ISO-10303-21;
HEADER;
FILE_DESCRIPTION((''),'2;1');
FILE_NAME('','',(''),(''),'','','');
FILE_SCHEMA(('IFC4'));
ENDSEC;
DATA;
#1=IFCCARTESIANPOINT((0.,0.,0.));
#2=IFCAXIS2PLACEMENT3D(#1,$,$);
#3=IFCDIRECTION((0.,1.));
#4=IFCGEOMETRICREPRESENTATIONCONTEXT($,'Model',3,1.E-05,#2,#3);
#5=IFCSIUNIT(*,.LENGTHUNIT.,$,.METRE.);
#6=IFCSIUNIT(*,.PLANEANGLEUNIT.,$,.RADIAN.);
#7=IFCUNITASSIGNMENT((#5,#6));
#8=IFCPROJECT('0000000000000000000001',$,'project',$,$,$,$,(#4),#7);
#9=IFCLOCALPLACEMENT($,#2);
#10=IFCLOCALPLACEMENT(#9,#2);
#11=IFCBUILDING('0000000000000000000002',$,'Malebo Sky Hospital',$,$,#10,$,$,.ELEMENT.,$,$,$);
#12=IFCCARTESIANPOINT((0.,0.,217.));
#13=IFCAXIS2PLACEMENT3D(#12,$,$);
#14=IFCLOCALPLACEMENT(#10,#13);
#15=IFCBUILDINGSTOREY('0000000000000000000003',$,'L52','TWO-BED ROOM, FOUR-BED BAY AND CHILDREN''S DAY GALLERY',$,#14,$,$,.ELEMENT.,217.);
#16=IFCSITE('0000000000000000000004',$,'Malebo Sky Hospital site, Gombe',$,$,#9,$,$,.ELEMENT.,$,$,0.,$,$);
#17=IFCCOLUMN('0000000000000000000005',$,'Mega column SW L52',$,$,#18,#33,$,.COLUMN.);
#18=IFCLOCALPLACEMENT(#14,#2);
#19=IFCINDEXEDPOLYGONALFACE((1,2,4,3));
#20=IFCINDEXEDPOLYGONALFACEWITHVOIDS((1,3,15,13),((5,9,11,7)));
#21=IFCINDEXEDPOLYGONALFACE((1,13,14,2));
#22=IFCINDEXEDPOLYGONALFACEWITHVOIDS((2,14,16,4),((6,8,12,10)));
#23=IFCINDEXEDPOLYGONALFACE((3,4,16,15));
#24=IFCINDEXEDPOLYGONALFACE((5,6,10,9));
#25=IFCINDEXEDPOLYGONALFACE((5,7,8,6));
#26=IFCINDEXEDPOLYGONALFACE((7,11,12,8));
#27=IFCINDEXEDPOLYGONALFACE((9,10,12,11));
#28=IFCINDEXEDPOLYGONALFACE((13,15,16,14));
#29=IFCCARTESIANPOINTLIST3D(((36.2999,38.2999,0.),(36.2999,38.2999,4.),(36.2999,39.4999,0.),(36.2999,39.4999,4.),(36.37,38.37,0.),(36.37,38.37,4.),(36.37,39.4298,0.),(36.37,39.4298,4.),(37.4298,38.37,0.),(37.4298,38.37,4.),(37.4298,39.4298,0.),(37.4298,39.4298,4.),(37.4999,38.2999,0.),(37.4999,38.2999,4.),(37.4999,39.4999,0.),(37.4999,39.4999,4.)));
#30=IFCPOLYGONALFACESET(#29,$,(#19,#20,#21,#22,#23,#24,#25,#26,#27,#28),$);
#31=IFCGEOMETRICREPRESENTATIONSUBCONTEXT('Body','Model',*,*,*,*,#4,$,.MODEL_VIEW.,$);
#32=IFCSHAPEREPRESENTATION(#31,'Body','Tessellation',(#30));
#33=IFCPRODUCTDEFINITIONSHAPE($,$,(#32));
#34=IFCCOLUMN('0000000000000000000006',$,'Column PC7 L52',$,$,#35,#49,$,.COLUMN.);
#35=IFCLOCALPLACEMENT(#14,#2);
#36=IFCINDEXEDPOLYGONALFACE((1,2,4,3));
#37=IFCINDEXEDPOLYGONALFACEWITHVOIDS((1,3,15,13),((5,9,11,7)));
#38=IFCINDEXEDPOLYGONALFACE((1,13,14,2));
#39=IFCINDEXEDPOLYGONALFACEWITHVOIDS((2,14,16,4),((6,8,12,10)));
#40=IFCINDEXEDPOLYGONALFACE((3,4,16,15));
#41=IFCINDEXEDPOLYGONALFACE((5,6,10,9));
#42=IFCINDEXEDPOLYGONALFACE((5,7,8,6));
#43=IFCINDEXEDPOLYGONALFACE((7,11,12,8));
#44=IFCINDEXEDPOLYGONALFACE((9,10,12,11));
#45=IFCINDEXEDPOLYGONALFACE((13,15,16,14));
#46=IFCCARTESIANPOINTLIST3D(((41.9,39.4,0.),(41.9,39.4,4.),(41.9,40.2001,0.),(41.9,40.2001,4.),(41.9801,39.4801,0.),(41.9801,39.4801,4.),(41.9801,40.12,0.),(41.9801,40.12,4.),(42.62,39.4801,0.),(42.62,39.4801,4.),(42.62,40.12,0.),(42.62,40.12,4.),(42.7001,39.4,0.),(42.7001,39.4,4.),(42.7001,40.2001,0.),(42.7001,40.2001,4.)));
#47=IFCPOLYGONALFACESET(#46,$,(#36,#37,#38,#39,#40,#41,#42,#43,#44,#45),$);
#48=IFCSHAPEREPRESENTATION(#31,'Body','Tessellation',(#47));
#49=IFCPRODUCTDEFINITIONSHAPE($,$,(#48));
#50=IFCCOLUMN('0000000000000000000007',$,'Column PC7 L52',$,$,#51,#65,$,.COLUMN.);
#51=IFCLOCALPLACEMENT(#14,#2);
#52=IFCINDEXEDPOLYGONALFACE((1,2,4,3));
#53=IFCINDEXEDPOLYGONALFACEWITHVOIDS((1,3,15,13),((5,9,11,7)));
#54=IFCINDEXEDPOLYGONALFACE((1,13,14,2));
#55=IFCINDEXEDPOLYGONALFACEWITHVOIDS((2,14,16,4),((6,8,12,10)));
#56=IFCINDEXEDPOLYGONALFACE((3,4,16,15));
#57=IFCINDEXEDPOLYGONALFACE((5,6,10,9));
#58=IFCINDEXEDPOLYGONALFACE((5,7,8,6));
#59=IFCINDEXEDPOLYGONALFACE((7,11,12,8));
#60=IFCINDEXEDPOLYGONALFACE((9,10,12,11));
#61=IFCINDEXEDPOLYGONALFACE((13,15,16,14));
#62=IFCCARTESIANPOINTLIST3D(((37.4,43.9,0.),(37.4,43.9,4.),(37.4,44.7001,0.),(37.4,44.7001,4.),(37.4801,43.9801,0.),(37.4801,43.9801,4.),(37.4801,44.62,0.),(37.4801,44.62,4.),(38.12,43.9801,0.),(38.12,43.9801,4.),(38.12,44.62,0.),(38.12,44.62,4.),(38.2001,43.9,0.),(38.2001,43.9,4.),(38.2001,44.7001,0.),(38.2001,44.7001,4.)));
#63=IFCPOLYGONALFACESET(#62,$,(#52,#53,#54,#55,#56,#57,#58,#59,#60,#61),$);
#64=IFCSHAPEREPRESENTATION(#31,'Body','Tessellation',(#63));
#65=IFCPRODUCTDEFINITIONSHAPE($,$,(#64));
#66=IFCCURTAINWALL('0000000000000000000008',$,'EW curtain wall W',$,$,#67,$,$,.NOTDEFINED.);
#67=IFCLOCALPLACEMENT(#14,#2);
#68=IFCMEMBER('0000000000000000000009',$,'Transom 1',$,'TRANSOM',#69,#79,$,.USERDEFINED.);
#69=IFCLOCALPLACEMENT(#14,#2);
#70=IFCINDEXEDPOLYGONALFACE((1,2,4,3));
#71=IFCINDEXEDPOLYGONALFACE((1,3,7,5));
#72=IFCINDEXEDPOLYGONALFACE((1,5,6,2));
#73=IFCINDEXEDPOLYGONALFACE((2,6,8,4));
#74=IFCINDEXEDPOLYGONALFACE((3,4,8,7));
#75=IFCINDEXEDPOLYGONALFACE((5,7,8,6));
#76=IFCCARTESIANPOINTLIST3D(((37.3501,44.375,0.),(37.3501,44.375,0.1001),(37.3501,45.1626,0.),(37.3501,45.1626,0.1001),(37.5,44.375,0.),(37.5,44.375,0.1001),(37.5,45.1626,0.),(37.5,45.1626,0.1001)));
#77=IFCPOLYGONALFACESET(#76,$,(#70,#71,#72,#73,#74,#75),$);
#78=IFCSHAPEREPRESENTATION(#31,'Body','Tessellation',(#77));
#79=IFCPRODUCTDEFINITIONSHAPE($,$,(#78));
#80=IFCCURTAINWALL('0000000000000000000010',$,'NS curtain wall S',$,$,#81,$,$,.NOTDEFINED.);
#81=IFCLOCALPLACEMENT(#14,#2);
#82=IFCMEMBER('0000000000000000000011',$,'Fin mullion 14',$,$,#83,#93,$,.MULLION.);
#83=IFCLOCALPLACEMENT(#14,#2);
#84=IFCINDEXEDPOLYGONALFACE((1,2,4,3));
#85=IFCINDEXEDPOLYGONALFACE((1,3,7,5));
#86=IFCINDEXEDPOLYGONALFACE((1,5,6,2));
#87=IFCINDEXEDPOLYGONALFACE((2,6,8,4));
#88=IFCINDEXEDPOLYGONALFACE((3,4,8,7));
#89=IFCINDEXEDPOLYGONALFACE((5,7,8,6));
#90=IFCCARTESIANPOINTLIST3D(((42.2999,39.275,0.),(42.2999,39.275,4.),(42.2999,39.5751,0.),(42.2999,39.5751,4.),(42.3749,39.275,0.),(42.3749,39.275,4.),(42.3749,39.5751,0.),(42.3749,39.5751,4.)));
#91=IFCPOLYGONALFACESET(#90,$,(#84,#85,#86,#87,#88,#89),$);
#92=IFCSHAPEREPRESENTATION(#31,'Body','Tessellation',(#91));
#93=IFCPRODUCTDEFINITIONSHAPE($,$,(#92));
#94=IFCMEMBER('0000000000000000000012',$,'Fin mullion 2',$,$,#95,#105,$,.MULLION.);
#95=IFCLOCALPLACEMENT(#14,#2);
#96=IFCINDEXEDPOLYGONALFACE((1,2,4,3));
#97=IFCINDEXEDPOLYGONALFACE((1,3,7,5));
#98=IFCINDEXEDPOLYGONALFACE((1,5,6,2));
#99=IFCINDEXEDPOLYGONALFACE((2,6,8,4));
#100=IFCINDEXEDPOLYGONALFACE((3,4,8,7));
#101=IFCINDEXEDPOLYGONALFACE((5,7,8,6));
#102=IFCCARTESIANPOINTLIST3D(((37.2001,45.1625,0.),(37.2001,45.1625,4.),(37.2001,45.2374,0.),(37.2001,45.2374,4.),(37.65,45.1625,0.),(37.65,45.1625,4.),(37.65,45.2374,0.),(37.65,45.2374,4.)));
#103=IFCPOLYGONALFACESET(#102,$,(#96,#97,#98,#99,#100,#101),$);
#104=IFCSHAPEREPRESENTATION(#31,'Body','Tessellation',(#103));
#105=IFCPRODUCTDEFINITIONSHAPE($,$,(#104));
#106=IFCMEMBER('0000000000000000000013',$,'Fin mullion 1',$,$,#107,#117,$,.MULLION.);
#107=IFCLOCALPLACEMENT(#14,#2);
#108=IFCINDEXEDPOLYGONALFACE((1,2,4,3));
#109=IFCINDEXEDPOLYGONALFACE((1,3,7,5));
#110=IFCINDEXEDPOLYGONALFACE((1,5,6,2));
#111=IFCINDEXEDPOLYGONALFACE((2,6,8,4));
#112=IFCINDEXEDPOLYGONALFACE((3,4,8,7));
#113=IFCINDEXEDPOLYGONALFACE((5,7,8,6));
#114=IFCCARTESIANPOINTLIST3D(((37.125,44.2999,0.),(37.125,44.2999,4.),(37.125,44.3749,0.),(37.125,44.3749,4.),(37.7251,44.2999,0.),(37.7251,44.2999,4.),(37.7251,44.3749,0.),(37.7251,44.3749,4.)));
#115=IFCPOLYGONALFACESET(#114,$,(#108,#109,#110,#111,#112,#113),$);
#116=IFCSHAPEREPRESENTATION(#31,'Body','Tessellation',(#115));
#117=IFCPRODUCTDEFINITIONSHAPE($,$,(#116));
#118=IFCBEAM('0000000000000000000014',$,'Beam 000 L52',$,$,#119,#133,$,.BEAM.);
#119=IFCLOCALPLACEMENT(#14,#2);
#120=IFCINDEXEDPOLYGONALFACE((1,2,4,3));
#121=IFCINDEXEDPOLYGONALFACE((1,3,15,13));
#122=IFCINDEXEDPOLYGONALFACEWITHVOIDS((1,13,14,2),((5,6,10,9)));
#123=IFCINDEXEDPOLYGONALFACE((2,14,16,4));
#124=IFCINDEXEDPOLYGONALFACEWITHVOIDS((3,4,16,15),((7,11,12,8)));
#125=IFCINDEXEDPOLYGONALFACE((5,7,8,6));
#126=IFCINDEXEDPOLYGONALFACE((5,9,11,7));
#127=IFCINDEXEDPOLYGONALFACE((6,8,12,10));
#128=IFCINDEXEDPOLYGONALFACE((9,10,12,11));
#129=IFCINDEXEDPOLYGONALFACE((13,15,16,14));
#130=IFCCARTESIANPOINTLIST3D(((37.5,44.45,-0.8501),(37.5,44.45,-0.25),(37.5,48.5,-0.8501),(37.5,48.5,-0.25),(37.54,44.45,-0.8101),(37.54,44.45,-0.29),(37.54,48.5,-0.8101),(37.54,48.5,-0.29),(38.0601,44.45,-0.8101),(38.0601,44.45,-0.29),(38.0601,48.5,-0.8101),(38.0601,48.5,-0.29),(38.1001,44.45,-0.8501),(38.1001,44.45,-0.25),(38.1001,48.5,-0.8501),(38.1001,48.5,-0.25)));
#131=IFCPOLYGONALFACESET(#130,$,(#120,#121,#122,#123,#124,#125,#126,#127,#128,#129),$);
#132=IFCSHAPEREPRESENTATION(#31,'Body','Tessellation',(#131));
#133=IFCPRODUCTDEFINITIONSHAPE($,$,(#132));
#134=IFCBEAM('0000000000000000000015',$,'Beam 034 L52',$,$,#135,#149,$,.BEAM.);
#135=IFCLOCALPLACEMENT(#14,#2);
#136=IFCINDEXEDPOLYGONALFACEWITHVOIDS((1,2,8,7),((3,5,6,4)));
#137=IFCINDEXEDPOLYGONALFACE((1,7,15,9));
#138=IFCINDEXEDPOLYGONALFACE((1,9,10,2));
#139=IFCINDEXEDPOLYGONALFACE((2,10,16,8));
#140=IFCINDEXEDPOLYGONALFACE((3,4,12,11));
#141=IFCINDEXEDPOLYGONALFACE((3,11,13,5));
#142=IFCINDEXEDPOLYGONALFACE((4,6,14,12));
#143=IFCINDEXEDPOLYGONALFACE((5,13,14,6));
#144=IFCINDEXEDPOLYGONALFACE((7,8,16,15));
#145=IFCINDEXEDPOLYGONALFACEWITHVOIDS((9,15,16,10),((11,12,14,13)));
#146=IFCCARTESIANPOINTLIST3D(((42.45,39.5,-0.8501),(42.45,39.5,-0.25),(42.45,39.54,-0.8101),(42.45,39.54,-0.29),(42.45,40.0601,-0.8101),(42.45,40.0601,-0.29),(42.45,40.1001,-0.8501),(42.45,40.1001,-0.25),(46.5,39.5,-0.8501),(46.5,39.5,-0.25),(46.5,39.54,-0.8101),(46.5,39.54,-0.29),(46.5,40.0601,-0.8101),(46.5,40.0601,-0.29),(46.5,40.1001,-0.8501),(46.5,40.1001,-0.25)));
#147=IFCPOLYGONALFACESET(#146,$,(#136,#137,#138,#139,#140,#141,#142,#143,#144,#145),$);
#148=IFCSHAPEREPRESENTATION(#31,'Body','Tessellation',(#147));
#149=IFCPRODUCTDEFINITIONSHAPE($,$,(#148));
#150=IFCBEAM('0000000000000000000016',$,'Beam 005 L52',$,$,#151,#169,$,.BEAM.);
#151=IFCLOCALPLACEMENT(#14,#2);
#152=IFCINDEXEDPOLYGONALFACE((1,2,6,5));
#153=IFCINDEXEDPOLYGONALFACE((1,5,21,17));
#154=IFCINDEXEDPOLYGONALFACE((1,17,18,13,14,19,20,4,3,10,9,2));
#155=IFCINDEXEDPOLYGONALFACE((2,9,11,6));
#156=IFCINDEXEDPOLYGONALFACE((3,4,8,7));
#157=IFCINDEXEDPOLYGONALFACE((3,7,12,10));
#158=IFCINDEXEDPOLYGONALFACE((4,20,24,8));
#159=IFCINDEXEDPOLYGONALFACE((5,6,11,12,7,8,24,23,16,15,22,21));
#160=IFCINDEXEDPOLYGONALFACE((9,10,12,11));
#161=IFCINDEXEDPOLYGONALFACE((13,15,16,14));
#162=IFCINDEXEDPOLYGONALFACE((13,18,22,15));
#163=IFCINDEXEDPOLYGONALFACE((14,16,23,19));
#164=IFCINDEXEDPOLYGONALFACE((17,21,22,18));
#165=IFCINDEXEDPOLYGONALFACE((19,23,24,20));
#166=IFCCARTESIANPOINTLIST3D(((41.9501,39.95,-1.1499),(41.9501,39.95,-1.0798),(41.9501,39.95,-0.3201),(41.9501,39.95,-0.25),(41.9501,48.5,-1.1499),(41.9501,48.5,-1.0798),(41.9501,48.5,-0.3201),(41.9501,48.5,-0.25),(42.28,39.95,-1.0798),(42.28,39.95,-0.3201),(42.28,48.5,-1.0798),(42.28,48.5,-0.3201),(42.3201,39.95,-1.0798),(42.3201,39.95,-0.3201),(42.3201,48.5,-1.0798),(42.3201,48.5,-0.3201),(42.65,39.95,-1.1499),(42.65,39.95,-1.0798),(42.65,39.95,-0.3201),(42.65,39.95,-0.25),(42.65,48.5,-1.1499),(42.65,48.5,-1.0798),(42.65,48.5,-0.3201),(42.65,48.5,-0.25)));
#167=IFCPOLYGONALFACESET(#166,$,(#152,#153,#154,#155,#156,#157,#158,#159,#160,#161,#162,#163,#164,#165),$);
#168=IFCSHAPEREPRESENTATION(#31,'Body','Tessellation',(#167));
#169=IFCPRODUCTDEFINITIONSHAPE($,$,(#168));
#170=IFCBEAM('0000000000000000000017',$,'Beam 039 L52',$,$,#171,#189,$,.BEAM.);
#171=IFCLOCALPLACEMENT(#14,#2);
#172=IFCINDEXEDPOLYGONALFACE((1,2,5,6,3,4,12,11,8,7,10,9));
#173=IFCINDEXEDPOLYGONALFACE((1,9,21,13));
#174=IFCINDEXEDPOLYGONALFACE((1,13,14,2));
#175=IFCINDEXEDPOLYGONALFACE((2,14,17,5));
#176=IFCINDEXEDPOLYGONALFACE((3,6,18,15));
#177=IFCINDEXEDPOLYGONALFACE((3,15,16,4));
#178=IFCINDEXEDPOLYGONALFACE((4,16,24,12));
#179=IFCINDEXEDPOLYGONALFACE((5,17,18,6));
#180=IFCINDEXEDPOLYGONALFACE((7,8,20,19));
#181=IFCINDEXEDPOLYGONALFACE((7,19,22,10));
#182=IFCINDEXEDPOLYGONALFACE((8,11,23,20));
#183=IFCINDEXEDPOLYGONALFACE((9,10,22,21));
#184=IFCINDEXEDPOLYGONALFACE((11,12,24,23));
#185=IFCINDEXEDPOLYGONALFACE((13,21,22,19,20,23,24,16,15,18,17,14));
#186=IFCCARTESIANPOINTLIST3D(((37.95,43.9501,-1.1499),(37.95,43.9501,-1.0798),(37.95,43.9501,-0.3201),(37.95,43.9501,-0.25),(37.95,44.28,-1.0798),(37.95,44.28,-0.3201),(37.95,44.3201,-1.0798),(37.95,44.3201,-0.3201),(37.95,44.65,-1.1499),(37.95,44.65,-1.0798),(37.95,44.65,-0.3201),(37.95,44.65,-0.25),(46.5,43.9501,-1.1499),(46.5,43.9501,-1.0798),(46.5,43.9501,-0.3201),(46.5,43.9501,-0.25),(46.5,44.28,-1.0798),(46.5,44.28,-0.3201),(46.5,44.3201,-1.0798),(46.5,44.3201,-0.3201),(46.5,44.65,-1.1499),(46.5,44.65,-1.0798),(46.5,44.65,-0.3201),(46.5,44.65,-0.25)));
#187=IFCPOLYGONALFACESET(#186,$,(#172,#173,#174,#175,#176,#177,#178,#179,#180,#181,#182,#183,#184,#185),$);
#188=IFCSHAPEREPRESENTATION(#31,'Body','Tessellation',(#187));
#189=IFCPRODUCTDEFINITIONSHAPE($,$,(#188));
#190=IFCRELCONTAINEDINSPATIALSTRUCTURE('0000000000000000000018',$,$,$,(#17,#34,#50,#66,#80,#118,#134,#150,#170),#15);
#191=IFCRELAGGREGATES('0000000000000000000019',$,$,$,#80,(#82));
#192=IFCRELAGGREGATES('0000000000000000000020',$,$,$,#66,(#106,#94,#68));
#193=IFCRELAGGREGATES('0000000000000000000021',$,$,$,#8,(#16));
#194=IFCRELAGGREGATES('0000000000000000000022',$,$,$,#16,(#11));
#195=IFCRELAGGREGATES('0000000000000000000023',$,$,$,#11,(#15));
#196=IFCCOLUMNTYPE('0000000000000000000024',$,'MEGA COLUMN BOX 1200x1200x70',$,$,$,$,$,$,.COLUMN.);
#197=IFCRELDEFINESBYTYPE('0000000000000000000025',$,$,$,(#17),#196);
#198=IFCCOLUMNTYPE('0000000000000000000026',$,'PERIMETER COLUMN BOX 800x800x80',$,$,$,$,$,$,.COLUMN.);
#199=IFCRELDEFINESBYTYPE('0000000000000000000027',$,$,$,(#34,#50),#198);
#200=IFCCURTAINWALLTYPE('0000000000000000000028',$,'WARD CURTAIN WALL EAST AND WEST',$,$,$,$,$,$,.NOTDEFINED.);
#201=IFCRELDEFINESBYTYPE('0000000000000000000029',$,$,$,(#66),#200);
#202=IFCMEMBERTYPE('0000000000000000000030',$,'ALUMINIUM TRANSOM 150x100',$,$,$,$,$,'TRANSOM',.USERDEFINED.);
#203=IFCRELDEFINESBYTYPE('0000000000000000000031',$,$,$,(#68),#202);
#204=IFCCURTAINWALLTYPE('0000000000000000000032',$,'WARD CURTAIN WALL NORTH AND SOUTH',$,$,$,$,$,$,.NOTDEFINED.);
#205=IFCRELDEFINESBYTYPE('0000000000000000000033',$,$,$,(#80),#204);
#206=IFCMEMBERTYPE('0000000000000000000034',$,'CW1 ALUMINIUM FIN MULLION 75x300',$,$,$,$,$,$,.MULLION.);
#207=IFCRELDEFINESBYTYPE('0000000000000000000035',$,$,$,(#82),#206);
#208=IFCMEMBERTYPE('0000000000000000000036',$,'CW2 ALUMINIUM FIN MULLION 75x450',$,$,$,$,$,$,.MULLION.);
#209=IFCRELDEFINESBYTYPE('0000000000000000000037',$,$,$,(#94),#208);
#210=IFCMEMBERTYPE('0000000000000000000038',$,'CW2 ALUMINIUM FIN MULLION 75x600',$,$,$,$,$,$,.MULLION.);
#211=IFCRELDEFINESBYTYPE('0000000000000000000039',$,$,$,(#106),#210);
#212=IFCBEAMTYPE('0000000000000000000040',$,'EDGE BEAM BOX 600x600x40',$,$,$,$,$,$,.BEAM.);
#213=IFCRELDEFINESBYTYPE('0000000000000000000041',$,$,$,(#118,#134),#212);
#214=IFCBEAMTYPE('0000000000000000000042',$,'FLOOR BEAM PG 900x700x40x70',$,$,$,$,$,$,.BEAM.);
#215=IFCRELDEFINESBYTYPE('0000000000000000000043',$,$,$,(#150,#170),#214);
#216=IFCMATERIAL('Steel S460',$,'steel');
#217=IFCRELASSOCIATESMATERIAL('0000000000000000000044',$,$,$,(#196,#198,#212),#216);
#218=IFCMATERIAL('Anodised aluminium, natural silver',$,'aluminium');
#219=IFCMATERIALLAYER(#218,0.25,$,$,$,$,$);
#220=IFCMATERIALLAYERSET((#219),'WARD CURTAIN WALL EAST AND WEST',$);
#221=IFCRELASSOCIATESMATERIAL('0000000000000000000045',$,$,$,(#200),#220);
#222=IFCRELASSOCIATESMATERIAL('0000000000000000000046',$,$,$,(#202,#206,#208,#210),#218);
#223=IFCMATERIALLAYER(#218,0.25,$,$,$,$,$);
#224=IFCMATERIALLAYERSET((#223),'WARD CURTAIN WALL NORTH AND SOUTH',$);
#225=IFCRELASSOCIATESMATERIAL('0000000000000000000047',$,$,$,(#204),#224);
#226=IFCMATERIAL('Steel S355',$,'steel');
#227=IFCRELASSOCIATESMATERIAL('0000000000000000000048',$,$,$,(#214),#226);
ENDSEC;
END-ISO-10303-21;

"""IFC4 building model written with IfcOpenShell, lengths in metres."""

from ifc_helpers import new_model, si_unit, direction, frame, origin, origin_2d, place, context, subcontext, project, spatial, rectangle, hollow_rectangle, i_section, extrude, material, layer, layer_set, material_profile, profile_set, type_object, element, aggregate, save


model = new_model("IFC4")

# Units and contexts
model_context = context("Model", 3, precision=1e-05, world=origin(), true_north=direction((0.0, 1.0)))
body_context = subcontext(model_context, "Body", "Model", "MODEL_VIEW")
ifc_project = project(units=[si_unit("LENGTHUNIT", "METRE"), si_unit("PLANEANGLEUNIT", "RADIAN")], contexts=[model_context])

# Site, building, storey
site_placement = place(None, origin())
site = spatial("IfcSite", under=ifc_project, at=site_placement, Name="Malebo Sky Hospital site, Gombe", CompositionType="ELEMENT", RefElevation=0.0)
building_placement = place(site_placement, origin())
building = spatial("IfcBuilding", under=site, at=building_placement, Name="Malebo Sky Hospital", CompositionType="ELEMENT")
storey_placement = place(building_placement, frame((0.0, 0.0, 217.0)))
storey = spatial("IfcBuildingStorey", under=building, at=storey_placement, Name="L52", Description="TWO-BED ROOM, FOUR-BED BAY AND CHILDREN'S DAY GALLERY", CompositionType="ELEMENT", Elevation=217.0)

# Columns
ifc_material_1 = material(Name="Steel S460", Category="steel")
ifc_material_profile_1 = material_profile(ifc_material_1, hollow_rectangle(XDim=1.2, YDim=1.2, WallThickness=0.0701, at=origin_2d()), Name="BOX 1200x1200x70")
ifc_profile_set_1 = profile_set([ifc_material_profile_1], Name="Steel S460")
column_type_1 = type_object("IfcColumnType", Name="MEGA COLUMN BOX 1200x1200x70", PredefinedType="COLUMN", material=ifc_profile_set_1)
column_placement = place(storey_placement, frame((36.8999, 38.8999, 0.0), z_axis=(0.0, 0.0, 1.0), x_axis=(1.0, 0.0, 0.0)))
element("IfcColumn", 1, at=column_placement, inside=storey, type_object=column_type_1, Name="Mega column SW L52", PredefinedType="COLUMN", context=body_context, shape_type="SweptSolid", body=[
    extrude(hollow_rectangle(XDim=1.2, YDim=1.2, WallThickness=0.0701, at=origin_2d()), origin(), (0.0, 0.0, 1.0), 4.0),
])
ifc_material_profile_2 = material_profile(ifc_material_1, hollow_rectangle(XDim=0.8, YDim=0.8, WallThickness=0.0801, at=origin_2d()), Name="BOX 800x800x80")
ifc_profile_set_2 = profile_set([ifc_material_profile_2], Name="Steel S460")
column_type_2 = type_object("IfcColumnType", Name="PERIMETER COLUMN BOX 800x800x80", PredefinedType="COLUMN", material=ifc_profile_set_2)
for number, where, z_axis, x_axis, name in (
    (2, (42.3, 39.8, 0.0), (0.0, 0.0, 1.0), (1.0, 0.0, 0.0), "Column PC7 L52"),
    (3, (37.8, 44.3, 0.0), (0.0, 0.0, 1.0), (1.0, 0.0, 0.0), "Column PC7 L52"),
):
    element("IfcColumn", number, at=place(storey_placement, frame(where, z_axis=z_axis, x_axis=x_axis)), inside=storey, type_object=column_type_2, Name=name, PredefinedType="COLUMN", context=body_context, shape_type="SweptSolid", body=[
        extrude(hollow_rectangle(XDim=0.8, YDim=0.8, WallThickness=0.0801, at=origin_2d()), origin(), (0.0, 0.0, 1.0), 4.0),
    ])

# Curtain walls, members
ifc_material_2 = material(Name="Anodised aluminium, natural silver", Category="aluminium")
ifc_layer_1 = layer(ifc_material_2, 0.25)
ifc_layer_set_1 = layer_set([ifc_layer_1], Name="WARD CURTAIN WALL EAST AND WEST")
curtain_wall_type_1 = type_object("IfcCurtainWallType", Name="WARD CURTAIN WALL EAST AND WEST", PredefinedType="NOTDEFINED", material=ifc_layer_set_1)
curtain_wall_1_placement = place(storey_placement, origin())
curtain_wall_1 = element("IfcCurtainWall", 4, at=curtain_wall_1_placement, inside=storey, type_object=curtain_wall_type_1, Name="EW curtain wall W", PredefinedType="NOTDEFINED")
ifc_material_profile_3 = material_profile(ifc_material_2, rectangle(XDim=0.1499, YDim=0.1001, at=origin_2d()), Name="ALUMINIUM TRANSOM 150x100")
ifc_profile_set_3 = profile_set([ifc_material_profile_3], Name="Anodised aluminium, natural silver")
member_type_1 = type_object("IfcMemberType", Name="ALUMINIUM TRANSOM 150x100", ElementType="TRANSOM", PredefinedType="USERDEFINED", material=ifc_profile_set_3)
member_1_placement = place(storey_placement, frame((37.425, 44.375, 0.05), z_axis=(0.0, 1.0, 0.0), x_axis=(-1.0, 0.0, 0.0)))
member_1 = element("IfcMember", 5, at=member_1_placement, type_object=member_type_1, Name="Transom 1", ObjectType="TRANSOM", PredefinedType="USERDEFINED", context=body_context, shape_type="SweptSolid", body=[
    extrude(rectangle(XDim=0.1499, YDim=0.1001, at=origin_2d()), origin(), (0.0, 0.0, 1.0), 0.7876),
])
ifc_layer_2 = layer(ifc_material_2, 0.25)
ifc_layer_set_2 = layer_set([ifc_layer_2], Name="WARD CURTAIN WALL NORTH AND SOUTH")
curtain_wall_type_2 = type_object("IfcCurtainWallType", Name="WARD CURTAIN WALL NORTH AND SOUTH", PredefinedType="NOTDEFINED", material=ifc_layer_set_2)
curtain_wall_2_placement = place(storey_placement, origin())
curtain_wall_2 = element("IfcCurtainWall", 6, at=curtain_wall_2_placement, inside=storey, type_object=curtain_wall_type_2, Name="NS curtain wall S", PredefinedType="NOTDEFINED")
ifc_material_profile_4 = material_profile(ifc_material_2, rectangle(XDim=0.075, YDim=0.3, at=origin_2d()), Name="CW1 ALUMINIUM FIN MULLION 75x300")
ifc_profile_set_4 = profile_set([ifc_material_profile_4], Name="Anodised aluminium, natural silver")
member_type_2 = type_object("IfcMemberType", Name="CW1 ALUMINIUM FIN MULLION 75x300", PredefinedType="MULLION", material=ifc_profile_set_4)
member_2_placement = place(storey_placement, frame((42.3374, 39.425, 0.0), z_axis=(0.0, 0.0, 1.0), x_axis=(-1.0, 0.0, 0.0)))
member_2 = element("IfcMember", 7, at=member_2_placement, type_object=member_type_2, Name="Fin mullion 14", PredefinedType="MULLION", context=body_context, shape_type="SweptSolid", body=[
    extrude(rectangle(XDim=0.075, YDim=0.3, at=origin_2d()), origin(), (0.0, 0.0, 1.0), 4.0),
])
aggregate(curtain_wall_2, [member_2])

# Members
ifc_material_profile_5 = material_profile(ifc_material_2, rectangle(XDim=0.075, YDim=0.45, at=origin_2d()), Name="CW2 ALUMINIUM FIN MULLION 75x450")
ifc_profile_set_5 = profile_set([ifc_material_profile_5], Name="Anodised aluminium, natural silver")
member_type_3 = type_object("IfcMemberType", Name="CW2 ALUMINIUM FIN MULLION 75x450", PredefinedType="MULLION", material=ifc_profile_set_5)
member_3_placement = place(storey_placement, frame((37.425, 45.2, 0.0), z_axis=(0.0, 0.0, 1.0), x_axis=(0.0, 1.0, 0.0)))
member_3 = element("IfcMember", 8, at=member_3_placement, type_object=member_type_3, Name="Fin mullion 2", PredefinedType="MULLION", context=body_context, shape_type="SweptSolid", body=[
    extrude(rectangle(XDim=0.075, YDim=0.45, at=origin_2d()), origin(), (0.0, 0.0, 1.0), 4.0),
])
ifc_material_profile_6 = material_profile(ifc_material_2, rectangle(XDim=0.075, YDim=0.6001, at=origin_2d()), Name="CW2 ALUMINIUM FIN MULLION 75x600")
ifc_profile_set_6 = profile_set([ifc_material_profile_6], Name="Anodised aluminium, natural silver")
member_type_4 = type_object("IfcMemberType", Name="CW2 ALUMINIUM FIN MULLION 75x600", PredefinedType="MULLION", material=ifc_profile_set_6)
member_4_placement = place(storey_placement, frame((37.425, 44.3374, 0.0), z_axis=(0.0, 0.0, 1.0), x_axis=(0.0, 1.0, 0.0)))
member_4 = element("IfcMember", 9, at=member_4_placement, type_object=member_type_4, Name="Fin mullion 1", PredefinedType="MULLION", context=body_context, shape_type="SweptSolid", body=[
    extrude(rectangle(XDim=0.075, YDim=0.6001, at=origin_2d()), origin(), (0.0, 0.0, 1.0), 4.0),
])

# Beams
ifc_material_profile_7 = material_profile(ifc_material_1, hollow_rectangle(XDim=0.6001, YDim=0.6001, WallThickness=0.04, at=origin_2d()), Name="BOX 600x600x40")
ifc_profile_set_7 = profile_set([ifc_material_profile_7], Name="Steel S460")
beam_type_1 = type_object("IfcBeamType", Name="EDGE BEAM BOX 600x600x40", PredefinedType="BEAM", material=ifc_profile_set_7)
for number, where, z_axis, x_axis, name in (
    (10, (37.8, 44.45, -0.55), (0.0, 1.0, 0.0), (-1.0, 0.0, 0.0), "Beam 000 L52"),
    (11, (42.45, 39.8, -0.55), (1.0, 0.0, 0.0), (0.0, 1.0, 0.0), "Beam 034 L52"),
):
    element("IfcBeam", number, at=place(storey_placement, frame(where, z_axis=z_axis, x_axis=x_axis)), inside=storey, type_object=beam_type_1, Name=name, PredefinedType="BEAM", context=body_context, shape_type="SweptSolid", body=[
        extrude(hollow_rectangle(XDim=0.6001, YDim=0.6001, WallThickness=0.04, at=origin_2d()), origin(), (0.0, 0.0, 1.0), 4.05),
    ])
ifc_material_3 = material(Name="Steel S355", Category="steel")
ifc_material_profile_8 = material_profile(ifc_material_3, i_section(OverallWidth=0.7, OverallDepth=0.8999, WebThickness=0.04, FlangeThickness=0.0701, at=origin_2d()), Name="PG 900x700x40x70")
ifc_profile_set_8 = profile_set([ifc_material_profile_8], Name="Steel S355")
beam_type_2 = type_object("IfcBeamType", Name="FLOOR BEAM PG 900x700x40x70", PredefinedType="BEAM", material=ifc_profile_set_8)
for number, where, z_axis, x_axis, name in (
    (12, (42.3, 39.95, -0.7), (0.0, 1.0, 0.0), (-1.0, 0.0, 0.0), "Beam 005 L52"),
    (13, (37.95, 44.3, -0.7), (1.0, 0.0, 0.0), (0.0, 1.0, 0.0), "Beam 039 L52"),
):
    element("IfcBeam", number, at=place(storey_placement, frame(where, z_axis=z_axis, x_axis=x_axis)), inside=storey, type_object=beam_type_2, Name=name, PredefinedType="BEAM", context=body_context, shape_type="SweptSolid", body=[
        extrude(i_section(OverallWidth=0.7, OverallDepth=0.8999, WebThickness=0.04, FlangeThickness=0.0701, at=origin_2d()), origin(), (0.0, 0.0, 1.0), 8.55),
    ])

aggregate(curtain_wall_1, [member_4, member_3, member_1])

save(model, "model.ifc")
